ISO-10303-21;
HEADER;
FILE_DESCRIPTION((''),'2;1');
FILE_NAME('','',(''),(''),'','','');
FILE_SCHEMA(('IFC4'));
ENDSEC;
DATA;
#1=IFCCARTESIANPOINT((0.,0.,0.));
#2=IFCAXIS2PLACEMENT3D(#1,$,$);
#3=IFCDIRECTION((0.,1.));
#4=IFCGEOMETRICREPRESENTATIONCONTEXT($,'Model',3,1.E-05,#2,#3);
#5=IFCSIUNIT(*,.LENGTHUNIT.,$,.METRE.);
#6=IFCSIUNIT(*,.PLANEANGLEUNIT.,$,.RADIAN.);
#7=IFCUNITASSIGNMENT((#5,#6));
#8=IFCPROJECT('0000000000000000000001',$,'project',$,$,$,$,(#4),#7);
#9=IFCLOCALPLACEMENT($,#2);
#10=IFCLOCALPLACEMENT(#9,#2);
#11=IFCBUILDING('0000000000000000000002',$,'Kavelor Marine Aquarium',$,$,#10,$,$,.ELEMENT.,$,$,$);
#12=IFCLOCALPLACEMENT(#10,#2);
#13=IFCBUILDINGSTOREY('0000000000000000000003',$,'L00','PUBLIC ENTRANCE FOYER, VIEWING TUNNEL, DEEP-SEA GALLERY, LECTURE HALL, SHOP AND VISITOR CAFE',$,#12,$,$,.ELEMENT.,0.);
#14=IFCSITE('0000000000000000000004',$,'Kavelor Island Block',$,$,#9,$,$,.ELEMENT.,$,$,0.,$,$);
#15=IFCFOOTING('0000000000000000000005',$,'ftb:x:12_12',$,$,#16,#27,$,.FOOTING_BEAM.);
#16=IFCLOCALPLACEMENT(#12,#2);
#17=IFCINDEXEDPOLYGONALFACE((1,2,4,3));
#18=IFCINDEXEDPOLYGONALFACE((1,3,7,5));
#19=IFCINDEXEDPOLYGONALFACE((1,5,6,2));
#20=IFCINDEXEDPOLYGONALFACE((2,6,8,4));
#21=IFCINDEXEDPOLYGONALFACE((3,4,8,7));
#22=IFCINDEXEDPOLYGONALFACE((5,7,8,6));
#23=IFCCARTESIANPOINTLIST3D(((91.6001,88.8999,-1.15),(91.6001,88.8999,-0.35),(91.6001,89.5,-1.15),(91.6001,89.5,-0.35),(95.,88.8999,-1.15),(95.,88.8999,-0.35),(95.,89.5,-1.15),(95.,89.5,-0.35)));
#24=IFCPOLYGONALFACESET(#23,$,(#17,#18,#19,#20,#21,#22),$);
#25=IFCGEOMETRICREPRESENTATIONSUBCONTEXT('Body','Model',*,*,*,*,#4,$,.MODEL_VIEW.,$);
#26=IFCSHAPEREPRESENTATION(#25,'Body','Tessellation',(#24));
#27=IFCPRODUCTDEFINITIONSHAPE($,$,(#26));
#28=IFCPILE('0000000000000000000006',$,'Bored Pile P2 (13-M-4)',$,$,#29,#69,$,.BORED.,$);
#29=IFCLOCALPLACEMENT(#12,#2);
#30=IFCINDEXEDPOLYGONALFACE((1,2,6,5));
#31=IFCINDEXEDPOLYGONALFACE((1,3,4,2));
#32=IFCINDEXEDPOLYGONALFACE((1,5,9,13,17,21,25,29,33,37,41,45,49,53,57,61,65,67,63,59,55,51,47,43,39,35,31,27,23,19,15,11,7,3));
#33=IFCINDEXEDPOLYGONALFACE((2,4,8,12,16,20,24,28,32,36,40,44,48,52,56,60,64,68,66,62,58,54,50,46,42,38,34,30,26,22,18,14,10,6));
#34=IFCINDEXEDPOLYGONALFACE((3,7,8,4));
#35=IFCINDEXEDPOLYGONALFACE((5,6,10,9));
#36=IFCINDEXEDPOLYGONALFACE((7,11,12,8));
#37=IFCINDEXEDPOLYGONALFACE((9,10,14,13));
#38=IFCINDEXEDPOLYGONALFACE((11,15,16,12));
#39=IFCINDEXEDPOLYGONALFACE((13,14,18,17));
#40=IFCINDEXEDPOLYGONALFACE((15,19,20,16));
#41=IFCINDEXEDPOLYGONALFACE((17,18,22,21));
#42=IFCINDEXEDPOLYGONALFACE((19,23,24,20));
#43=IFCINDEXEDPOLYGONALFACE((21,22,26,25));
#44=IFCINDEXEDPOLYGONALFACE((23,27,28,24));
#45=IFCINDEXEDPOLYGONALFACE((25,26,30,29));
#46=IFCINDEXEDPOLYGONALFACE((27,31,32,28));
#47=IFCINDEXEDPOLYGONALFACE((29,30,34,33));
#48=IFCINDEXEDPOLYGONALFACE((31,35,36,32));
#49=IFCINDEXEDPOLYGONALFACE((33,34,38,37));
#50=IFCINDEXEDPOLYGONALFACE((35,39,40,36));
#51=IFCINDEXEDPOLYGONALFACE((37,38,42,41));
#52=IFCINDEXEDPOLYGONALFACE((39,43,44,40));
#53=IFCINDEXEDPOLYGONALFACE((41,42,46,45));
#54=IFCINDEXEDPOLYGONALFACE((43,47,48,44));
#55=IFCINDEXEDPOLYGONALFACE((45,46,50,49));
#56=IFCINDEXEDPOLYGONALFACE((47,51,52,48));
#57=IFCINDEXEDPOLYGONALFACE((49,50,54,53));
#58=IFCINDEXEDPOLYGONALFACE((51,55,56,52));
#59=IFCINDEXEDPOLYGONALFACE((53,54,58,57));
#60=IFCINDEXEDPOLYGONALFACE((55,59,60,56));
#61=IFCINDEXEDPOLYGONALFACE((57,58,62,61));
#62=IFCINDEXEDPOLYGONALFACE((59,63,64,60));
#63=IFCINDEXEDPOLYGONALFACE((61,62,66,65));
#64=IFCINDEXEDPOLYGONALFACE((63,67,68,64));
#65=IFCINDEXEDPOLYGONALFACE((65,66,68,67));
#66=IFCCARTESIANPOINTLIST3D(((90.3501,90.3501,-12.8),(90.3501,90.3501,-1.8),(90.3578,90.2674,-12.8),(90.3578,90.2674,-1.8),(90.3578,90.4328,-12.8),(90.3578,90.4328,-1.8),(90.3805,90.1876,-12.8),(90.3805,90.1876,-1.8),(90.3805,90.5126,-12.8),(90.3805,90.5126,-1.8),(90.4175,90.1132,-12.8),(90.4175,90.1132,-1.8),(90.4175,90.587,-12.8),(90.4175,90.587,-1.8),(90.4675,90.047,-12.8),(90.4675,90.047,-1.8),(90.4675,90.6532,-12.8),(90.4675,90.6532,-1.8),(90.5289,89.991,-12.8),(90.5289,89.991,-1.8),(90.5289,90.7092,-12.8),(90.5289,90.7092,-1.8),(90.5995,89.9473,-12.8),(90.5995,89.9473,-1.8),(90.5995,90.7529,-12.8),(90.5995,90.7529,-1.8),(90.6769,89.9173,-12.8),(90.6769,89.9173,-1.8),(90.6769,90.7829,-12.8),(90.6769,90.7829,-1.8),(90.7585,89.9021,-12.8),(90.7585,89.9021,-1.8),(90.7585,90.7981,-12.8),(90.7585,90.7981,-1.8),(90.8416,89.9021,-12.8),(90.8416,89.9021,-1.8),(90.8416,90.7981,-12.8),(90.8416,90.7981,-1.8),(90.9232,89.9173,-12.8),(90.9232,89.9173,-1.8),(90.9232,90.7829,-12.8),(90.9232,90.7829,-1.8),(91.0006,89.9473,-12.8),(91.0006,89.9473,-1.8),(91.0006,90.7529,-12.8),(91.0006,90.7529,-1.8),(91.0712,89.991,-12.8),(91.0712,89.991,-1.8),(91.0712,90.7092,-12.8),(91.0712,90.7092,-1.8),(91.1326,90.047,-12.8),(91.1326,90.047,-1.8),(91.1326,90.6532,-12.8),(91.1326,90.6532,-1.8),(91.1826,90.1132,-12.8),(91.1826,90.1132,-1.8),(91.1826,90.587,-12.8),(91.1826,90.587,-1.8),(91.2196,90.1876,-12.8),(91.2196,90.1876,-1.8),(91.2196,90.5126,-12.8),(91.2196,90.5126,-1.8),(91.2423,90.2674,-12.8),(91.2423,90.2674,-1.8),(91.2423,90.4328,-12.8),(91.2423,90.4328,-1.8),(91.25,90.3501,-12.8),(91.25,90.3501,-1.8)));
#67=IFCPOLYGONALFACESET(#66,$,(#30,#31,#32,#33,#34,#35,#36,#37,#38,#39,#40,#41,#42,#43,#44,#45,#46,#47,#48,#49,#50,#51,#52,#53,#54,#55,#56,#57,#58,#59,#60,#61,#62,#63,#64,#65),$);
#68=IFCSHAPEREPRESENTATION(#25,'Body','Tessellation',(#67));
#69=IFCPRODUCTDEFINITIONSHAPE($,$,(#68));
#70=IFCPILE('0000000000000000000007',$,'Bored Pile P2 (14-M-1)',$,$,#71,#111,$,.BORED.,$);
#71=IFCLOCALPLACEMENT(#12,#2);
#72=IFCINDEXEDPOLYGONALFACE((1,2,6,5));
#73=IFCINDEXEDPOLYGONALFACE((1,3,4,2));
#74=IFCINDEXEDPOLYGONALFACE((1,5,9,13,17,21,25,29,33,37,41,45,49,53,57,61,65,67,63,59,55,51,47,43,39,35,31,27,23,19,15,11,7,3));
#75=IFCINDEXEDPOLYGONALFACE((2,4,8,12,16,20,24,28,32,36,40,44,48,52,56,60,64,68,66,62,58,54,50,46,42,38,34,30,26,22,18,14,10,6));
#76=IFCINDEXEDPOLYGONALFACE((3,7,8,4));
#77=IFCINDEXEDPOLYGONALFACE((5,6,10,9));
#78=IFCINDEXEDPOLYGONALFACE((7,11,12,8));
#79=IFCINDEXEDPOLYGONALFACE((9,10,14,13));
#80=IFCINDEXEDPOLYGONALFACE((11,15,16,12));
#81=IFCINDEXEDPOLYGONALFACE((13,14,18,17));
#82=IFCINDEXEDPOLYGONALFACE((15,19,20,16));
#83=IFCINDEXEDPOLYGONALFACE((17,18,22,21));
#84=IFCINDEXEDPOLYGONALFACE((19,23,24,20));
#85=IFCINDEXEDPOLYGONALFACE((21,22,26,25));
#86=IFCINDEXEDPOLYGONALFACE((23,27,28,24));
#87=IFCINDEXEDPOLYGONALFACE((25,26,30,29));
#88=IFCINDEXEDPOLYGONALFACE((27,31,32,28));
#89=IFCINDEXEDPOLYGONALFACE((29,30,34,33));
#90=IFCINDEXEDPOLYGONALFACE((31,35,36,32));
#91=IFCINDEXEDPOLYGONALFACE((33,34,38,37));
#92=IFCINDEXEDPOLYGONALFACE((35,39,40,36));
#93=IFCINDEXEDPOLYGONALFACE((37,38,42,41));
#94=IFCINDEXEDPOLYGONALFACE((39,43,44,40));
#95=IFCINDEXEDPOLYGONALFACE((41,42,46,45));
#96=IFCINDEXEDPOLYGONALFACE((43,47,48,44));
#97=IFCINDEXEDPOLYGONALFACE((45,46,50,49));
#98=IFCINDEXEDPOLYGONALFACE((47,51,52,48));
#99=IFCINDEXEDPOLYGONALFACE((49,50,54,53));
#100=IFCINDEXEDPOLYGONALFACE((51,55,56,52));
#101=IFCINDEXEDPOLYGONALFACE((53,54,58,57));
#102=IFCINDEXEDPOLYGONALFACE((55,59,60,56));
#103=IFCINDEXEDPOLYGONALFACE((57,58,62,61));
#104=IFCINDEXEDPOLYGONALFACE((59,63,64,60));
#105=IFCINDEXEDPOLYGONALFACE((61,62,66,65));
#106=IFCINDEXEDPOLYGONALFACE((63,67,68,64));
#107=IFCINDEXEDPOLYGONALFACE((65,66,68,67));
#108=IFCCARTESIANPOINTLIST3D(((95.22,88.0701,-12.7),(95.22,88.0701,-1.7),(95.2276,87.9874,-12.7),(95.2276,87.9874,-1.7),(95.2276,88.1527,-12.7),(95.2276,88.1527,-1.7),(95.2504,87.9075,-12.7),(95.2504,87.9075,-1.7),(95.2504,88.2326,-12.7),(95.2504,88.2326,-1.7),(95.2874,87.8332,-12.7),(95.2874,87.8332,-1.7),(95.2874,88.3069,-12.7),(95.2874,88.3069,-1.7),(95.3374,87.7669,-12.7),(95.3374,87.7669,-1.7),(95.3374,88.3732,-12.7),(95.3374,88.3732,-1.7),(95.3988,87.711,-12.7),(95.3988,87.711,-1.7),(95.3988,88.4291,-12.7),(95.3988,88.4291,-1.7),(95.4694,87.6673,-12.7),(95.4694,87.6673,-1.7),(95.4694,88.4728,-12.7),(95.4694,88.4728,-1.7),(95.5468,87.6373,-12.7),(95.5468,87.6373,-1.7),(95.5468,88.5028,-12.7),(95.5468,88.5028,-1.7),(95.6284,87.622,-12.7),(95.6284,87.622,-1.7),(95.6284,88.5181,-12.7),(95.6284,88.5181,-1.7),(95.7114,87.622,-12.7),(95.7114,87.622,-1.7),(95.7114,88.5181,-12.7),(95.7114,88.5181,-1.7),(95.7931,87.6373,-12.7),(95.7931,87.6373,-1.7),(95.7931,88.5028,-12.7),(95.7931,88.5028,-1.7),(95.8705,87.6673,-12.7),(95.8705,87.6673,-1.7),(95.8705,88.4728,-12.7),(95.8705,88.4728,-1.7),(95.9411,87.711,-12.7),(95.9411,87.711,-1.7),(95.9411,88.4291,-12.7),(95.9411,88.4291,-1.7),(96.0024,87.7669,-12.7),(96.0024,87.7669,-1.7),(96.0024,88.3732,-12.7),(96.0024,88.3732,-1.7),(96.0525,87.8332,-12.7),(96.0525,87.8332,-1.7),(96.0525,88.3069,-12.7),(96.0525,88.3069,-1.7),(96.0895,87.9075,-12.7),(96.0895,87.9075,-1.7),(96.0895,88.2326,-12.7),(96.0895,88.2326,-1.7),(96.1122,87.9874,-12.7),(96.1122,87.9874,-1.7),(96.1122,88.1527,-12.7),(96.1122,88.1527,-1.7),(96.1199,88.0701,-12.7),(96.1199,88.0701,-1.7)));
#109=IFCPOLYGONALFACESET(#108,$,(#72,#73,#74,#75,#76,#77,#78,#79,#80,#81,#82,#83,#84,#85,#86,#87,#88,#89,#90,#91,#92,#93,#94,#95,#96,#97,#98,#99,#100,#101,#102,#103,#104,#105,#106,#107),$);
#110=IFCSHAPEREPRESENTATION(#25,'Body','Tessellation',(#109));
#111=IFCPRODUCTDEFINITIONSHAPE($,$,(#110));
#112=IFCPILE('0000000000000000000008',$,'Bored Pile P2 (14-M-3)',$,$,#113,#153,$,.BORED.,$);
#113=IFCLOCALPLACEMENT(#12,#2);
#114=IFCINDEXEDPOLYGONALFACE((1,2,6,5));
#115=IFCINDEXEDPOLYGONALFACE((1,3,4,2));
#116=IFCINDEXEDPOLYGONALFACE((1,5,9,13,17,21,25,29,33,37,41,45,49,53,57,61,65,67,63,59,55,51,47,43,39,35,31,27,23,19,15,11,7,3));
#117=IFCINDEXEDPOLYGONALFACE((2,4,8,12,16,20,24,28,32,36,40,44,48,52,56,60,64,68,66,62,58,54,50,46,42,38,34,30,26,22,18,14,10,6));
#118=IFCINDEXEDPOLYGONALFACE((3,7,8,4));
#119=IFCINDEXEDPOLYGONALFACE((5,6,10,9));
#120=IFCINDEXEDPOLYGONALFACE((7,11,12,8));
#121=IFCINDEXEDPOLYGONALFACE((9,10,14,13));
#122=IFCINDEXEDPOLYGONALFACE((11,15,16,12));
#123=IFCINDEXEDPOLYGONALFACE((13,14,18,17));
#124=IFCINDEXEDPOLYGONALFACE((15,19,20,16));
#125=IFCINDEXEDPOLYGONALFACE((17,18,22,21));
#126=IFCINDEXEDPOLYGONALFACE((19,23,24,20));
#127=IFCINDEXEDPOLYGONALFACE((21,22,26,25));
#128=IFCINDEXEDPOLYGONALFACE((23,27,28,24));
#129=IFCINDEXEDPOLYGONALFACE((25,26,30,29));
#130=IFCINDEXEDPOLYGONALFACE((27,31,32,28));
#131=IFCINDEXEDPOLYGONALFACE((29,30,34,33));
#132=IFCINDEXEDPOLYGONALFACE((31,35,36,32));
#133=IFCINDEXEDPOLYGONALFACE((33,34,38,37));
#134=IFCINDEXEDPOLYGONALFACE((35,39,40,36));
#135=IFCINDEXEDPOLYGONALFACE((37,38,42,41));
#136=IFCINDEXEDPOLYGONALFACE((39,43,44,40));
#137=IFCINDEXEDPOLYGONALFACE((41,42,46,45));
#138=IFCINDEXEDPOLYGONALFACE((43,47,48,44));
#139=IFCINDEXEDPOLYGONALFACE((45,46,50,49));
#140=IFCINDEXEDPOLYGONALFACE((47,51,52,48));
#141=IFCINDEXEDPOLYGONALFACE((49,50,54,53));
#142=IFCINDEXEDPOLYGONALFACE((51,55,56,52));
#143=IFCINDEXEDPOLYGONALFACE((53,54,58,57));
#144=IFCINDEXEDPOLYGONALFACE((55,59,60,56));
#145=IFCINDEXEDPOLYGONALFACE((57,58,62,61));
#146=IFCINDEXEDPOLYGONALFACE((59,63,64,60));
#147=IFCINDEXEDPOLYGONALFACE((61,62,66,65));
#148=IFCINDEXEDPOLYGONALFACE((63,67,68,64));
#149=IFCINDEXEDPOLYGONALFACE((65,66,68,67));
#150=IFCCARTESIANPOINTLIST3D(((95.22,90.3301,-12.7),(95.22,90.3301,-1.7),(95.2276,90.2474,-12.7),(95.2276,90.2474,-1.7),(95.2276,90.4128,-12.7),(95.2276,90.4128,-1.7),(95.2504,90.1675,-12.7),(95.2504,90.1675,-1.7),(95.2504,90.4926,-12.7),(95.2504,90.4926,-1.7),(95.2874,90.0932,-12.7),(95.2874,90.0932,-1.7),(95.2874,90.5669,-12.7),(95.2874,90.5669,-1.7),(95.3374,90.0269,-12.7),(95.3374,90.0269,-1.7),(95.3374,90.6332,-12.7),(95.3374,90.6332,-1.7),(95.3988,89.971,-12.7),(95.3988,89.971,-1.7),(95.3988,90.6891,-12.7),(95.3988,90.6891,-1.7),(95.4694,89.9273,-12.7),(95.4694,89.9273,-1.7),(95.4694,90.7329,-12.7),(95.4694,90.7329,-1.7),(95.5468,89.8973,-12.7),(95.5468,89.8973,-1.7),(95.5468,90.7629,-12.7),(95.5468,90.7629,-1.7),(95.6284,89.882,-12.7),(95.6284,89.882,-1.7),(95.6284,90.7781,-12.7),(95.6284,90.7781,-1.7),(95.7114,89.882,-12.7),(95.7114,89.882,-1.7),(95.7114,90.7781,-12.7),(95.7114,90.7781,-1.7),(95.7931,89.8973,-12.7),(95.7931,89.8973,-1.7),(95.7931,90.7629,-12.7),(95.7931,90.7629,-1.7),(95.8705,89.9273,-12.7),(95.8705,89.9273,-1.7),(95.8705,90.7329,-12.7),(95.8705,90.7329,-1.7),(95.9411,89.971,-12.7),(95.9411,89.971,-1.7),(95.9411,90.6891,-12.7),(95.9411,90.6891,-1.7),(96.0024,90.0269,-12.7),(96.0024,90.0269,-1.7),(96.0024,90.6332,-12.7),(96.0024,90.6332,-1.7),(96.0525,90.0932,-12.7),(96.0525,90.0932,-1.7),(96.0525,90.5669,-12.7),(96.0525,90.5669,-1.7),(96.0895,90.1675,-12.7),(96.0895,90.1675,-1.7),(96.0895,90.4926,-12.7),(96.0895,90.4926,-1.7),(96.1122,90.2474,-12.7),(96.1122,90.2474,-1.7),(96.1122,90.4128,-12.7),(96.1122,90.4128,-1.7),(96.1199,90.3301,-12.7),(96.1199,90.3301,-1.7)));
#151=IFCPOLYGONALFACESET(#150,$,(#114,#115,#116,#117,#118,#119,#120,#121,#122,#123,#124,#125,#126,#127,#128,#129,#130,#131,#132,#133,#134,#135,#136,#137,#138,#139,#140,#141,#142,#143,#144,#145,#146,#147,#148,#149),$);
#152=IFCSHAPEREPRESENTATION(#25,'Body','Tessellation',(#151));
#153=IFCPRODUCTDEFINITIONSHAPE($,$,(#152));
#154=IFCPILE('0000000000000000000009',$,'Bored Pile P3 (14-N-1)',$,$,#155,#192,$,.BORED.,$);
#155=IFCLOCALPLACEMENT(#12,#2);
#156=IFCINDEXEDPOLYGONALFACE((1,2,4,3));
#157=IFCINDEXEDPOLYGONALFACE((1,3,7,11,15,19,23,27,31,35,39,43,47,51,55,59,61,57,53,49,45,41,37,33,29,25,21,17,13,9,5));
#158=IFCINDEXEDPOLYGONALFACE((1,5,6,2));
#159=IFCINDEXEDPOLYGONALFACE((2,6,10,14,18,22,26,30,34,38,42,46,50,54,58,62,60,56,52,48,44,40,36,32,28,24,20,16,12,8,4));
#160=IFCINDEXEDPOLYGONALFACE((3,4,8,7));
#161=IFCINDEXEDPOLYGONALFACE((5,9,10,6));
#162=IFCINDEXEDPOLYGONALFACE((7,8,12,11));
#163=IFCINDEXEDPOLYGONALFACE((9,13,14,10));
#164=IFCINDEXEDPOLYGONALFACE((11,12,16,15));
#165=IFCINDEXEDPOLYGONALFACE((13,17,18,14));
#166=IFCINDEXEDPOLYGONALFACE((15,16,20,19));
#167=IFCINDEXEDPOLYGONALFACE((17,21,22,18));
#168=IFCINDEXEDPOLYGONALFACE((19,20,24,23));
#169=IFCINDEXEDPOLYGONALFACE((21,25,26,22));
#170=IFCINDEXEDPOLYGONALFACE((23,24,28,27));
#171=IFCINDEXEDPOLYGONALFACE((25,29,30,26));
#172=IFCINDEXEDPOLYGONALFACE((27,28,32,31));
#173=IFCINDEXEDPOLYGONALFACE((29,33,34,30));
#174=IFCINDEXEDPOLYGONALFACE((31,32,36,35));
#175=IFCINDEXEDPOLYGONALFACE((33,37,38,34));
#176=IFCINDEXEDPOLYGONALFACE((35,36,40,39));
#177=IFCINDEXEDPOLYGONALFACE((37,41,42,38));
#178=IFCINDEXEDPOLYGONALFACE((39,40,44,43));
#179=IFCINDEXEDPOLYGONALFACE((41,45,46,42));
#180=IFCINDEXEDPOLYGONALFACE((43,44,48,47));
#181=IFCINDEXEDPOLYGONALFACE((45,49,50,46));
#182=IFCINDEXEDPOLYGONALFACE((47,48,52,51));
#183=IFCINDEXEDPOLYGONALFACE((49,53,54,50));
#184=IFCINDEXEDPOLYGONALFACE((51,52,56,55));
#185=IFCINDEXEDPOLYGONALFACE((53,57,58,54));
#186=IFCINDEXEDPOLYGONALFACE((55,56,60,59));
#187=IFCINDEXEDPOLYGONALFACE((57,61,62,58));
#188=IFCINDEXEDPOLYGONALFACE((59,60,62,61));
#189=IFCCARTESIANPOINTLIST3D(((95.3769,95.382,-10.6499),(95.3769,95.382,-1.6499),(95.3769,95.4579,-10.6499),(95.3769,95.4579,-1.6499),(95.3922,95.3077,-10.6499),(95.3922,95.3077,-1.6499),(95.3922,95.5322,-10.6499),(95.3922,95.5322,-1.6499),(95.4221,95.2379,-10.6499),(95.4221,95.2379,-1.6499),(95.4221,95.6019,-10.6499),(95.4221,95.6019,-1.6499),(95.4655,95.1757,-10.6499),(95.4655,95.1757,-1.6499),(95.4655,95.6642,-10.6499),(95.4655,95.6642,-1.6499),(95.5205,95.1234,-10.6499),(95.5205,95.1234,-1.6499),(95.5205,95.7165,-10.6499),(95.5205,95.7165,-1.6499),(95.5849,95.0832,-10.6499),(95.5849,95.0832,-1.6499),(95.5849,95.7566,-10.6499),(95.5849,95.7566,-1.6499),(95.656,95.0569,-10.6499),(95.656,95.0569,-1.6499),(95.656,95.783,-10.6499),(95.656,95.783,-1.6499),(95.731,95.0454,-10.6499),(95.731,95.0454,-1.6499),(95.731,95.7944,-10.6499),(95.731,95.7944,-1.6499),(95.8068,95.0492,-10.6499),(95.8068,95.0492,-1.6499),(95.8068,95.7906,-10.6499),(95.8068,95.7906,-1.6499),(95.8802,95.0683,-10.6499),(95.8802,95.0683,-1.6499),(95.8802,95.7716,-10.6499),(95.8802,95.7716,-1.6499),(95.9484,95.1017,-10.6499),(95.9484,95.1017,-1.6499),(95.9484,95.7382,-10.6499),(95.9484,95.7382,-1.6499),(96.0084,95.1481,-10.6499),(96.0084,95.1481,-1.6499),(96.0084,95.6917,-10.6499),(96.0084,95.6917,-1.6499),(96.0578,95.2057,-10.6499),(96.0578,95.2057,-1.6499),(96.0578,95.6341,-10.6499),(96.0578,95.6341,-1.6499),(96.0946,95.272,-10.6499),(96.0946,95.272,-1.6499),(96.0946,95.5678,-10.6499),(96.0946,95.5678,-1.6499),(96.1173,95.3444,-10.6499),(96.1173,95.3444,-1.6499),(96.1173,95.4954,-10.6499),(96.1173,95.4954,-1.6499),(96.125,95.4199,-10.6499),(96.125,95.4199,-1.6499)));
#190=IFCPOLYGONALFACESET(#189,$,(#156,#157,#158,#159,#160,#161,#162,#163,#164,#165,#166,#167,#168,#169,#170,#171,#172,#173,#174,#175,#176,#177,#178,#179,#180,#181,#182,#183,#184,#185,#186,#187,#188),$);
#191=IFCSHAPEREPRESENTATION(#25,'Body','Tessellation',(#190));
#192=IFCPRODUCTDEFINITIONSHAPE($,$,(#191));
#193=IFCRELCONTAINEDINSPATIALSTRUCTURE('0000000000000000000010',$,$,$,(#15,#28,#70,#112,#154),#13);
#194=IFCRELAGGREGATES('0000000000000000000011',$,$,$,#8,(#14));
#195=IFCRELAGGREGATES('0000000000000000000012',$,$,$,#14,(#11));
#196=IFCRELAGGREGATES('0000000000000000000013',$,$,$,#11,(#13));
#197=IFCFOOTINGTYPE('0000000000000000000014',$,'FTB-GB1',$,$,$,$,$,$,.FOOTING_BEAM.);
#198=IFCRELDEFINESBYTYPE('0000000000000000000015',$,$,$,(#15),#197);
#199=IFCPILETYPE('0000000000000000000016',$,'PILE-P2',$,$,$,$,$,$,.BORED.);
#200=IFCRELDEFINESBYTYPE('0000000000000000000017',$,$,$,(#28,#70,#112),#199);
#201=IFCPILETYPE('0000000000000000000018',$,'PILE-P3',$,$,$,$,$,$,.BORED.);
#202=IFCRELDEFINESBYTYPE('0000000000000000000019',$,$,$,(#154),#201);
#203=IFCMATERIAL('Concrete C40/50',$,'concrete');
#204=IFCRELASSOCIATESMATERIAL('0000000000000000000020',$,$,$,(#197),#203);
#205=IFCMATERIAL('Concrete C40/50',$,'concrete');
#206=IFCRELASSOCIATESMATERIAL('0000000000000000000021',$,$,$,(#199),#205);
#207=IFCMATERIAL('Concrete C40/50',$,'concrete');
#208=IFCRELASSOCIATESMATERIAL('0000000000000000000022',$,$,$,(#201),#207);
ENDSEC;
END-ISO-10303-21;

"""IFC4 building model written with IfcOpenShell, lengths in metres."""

from ifc_helpers import new_model, si_unit, direction, frame, origin, origin_2d, place, context, subcontext, project, spatial, rectangle, circle, extrude, material, material_profile, profile_set, type_object, element, save


model = new_model("IFC4")

# Units and contexts
model_context = context("Model", 3, precision=1e-05, world=origin(), true_north=direction((0.0, 1.0)))
body_context = subcontext(model_context, "Body", "Model", "MODEL_VIEW")
ifc_project = project(units=[si_unit("LENGTHUNIT", "METRE"), si_unit("PLANEANGLEUNIT", "RADIAN")], contexts=[model_context])

# Site, building, storey
site_placement = place(None, origin())
site = spatial("IfcSite", under=ifc_project, at=site_placement, Name="Kavelor Island Block", CompositionType="ELEMENT", RefElevation=0.0)
building_placement = place(site_placement, origin())
building = spatial("IfcBuilding", under=site, at=building_placement, Name="Kavelor Marine Aquarium", CompositionType="ELEMENT")
storey_placement = place(building_placement, origin())
storey = spatial("IfcBuildingStorey", under=building, at=storey_placement, Name="L00", Description="PUBLIC ENTRANCE FOYER, VIEWING TUNNEL, DEEP-SEA GALLERY, LECTURE HALL, SHOP AND VISITOR CAFE", CompositionType="ELEMENT", Elevation=0.0)

# Footing
ifc_material_1 = material(Name="Concrete C40/50", Category="concrete")
ifc_material_profile_1 = material_profile(ifc_material_1, rectangle(XDim=0.6001, YDim=0.8, at=origin_2d()), Name="GB 600x800")
ifc_profile_set_1 = profile_set([ifc_material_profile_1], Name="Concrete C40/50")
footing_type = type_object("IfcFootingType", Name="FTB-GB1", PredefinedType="FOOTING_BEAM", material=ifc_profile_set_1)
footing_placement = place(storey_placement, frame((91.6001, 89.2, -0.75), z_axis=(1.0, 0.0, 0.0), x_axis=(0.0, 1.0, 0.0)))
element("IfcFooting", 1, at=footing_placement, inside=storey, type_object=footing_type, Name="ftb:x:12_12", PredefinedType="FOOTING_BEAM", context=body_context, shape_type="SweptSolid", body=[
    extrude(rectangle(XDim=0.6001, YDim=0.8, at=origin_2d()), origin(), (0.0, 0.0, 1.0), 3.3999),
])

# Piles
ifc_material_2 = material(Name="Concrete C40/50", Category="concrete")
ifc_material_profile_2 = material_profile(ifc_material_2, circle(Radius=0.45, at=origin_2d()), Name="PILE D900")
ifc_profile_set_2 = profile_set([ifc_material_profile_2], Name="Concrete C40/50")
pile_type_1 = type_object("IfcPileType", Name="PILE-P2", PredefinedType="BORED", material=ifc_profile_set_2)
for number, where, z_axis, x_axis, name in (
    (2, (90.8, 90.3501, -1.8), (0.0, 0.0, -1.0), (1.0, 0.0, 0.0), "Bored Pile P2 (13-M-4)"),
    (3, (95.6699, 88.0701, -1.7), (0.0, 0.0, -1.0), (1.0, 0.0, 0.0), "Bored Pile P2 (14-M-1)"),
    (4, (95.6699, 90.3301, -1.7), (0.0, 0.0, -1.0), (1.0, 0.0, 0.0), "Bored Pile P2 (14-M-3)"),
):
    element("IfcPile", number, at=place(storey_placement, frame(where, z_axis=z_axis, x_axis=x_axis)), inside=storey, type_object=pile_type_1, Name=name, PredefinedType="BORED", context=body_context, shape_type="SweptSolid", body=[
        extrude(circle(Radius=0.45, at=origin_2d()), origin(), (0.0, 0.0, 1.0), 11.0),
    ])
ifc_material_3 = material(Name="Concrete C40/50", Category="concrete")
ifc_material_profile_3 = material_profile(ifc_material_3, circle(Radius=0.375, at=origin_2d()), Name="PILE D750")
ifc_profile_set_3 = profile_set([ifc_material_profile_3], Name="Concrete C40/50")
pile_type_2 = type_object("IfcPileType", Name="PILE-P3", PredefinedType="BORED", material=ifc_profile_set_3)
pile_placement = place(storey_placement, frame((95.75, 95.4199, -1.6499), z_axis=(0.0, 0.0, -1.0), x_axis=(1.0, 0.0, 0.0)))
element("IfcPile", 5, at=pile_placement, inside=storey, type_object=pile_type_2, Name="Bored Pile P3 (14-N-1)", PredefinedType="BORED", context=body_context, shape_type="SweptSolid", body=[
    extrude(circle(Radius=0.375, at=origin_2d()), origin(), (0.0, 0.0, 1.0), 9.0),
])

save(model, "model.ifc")
